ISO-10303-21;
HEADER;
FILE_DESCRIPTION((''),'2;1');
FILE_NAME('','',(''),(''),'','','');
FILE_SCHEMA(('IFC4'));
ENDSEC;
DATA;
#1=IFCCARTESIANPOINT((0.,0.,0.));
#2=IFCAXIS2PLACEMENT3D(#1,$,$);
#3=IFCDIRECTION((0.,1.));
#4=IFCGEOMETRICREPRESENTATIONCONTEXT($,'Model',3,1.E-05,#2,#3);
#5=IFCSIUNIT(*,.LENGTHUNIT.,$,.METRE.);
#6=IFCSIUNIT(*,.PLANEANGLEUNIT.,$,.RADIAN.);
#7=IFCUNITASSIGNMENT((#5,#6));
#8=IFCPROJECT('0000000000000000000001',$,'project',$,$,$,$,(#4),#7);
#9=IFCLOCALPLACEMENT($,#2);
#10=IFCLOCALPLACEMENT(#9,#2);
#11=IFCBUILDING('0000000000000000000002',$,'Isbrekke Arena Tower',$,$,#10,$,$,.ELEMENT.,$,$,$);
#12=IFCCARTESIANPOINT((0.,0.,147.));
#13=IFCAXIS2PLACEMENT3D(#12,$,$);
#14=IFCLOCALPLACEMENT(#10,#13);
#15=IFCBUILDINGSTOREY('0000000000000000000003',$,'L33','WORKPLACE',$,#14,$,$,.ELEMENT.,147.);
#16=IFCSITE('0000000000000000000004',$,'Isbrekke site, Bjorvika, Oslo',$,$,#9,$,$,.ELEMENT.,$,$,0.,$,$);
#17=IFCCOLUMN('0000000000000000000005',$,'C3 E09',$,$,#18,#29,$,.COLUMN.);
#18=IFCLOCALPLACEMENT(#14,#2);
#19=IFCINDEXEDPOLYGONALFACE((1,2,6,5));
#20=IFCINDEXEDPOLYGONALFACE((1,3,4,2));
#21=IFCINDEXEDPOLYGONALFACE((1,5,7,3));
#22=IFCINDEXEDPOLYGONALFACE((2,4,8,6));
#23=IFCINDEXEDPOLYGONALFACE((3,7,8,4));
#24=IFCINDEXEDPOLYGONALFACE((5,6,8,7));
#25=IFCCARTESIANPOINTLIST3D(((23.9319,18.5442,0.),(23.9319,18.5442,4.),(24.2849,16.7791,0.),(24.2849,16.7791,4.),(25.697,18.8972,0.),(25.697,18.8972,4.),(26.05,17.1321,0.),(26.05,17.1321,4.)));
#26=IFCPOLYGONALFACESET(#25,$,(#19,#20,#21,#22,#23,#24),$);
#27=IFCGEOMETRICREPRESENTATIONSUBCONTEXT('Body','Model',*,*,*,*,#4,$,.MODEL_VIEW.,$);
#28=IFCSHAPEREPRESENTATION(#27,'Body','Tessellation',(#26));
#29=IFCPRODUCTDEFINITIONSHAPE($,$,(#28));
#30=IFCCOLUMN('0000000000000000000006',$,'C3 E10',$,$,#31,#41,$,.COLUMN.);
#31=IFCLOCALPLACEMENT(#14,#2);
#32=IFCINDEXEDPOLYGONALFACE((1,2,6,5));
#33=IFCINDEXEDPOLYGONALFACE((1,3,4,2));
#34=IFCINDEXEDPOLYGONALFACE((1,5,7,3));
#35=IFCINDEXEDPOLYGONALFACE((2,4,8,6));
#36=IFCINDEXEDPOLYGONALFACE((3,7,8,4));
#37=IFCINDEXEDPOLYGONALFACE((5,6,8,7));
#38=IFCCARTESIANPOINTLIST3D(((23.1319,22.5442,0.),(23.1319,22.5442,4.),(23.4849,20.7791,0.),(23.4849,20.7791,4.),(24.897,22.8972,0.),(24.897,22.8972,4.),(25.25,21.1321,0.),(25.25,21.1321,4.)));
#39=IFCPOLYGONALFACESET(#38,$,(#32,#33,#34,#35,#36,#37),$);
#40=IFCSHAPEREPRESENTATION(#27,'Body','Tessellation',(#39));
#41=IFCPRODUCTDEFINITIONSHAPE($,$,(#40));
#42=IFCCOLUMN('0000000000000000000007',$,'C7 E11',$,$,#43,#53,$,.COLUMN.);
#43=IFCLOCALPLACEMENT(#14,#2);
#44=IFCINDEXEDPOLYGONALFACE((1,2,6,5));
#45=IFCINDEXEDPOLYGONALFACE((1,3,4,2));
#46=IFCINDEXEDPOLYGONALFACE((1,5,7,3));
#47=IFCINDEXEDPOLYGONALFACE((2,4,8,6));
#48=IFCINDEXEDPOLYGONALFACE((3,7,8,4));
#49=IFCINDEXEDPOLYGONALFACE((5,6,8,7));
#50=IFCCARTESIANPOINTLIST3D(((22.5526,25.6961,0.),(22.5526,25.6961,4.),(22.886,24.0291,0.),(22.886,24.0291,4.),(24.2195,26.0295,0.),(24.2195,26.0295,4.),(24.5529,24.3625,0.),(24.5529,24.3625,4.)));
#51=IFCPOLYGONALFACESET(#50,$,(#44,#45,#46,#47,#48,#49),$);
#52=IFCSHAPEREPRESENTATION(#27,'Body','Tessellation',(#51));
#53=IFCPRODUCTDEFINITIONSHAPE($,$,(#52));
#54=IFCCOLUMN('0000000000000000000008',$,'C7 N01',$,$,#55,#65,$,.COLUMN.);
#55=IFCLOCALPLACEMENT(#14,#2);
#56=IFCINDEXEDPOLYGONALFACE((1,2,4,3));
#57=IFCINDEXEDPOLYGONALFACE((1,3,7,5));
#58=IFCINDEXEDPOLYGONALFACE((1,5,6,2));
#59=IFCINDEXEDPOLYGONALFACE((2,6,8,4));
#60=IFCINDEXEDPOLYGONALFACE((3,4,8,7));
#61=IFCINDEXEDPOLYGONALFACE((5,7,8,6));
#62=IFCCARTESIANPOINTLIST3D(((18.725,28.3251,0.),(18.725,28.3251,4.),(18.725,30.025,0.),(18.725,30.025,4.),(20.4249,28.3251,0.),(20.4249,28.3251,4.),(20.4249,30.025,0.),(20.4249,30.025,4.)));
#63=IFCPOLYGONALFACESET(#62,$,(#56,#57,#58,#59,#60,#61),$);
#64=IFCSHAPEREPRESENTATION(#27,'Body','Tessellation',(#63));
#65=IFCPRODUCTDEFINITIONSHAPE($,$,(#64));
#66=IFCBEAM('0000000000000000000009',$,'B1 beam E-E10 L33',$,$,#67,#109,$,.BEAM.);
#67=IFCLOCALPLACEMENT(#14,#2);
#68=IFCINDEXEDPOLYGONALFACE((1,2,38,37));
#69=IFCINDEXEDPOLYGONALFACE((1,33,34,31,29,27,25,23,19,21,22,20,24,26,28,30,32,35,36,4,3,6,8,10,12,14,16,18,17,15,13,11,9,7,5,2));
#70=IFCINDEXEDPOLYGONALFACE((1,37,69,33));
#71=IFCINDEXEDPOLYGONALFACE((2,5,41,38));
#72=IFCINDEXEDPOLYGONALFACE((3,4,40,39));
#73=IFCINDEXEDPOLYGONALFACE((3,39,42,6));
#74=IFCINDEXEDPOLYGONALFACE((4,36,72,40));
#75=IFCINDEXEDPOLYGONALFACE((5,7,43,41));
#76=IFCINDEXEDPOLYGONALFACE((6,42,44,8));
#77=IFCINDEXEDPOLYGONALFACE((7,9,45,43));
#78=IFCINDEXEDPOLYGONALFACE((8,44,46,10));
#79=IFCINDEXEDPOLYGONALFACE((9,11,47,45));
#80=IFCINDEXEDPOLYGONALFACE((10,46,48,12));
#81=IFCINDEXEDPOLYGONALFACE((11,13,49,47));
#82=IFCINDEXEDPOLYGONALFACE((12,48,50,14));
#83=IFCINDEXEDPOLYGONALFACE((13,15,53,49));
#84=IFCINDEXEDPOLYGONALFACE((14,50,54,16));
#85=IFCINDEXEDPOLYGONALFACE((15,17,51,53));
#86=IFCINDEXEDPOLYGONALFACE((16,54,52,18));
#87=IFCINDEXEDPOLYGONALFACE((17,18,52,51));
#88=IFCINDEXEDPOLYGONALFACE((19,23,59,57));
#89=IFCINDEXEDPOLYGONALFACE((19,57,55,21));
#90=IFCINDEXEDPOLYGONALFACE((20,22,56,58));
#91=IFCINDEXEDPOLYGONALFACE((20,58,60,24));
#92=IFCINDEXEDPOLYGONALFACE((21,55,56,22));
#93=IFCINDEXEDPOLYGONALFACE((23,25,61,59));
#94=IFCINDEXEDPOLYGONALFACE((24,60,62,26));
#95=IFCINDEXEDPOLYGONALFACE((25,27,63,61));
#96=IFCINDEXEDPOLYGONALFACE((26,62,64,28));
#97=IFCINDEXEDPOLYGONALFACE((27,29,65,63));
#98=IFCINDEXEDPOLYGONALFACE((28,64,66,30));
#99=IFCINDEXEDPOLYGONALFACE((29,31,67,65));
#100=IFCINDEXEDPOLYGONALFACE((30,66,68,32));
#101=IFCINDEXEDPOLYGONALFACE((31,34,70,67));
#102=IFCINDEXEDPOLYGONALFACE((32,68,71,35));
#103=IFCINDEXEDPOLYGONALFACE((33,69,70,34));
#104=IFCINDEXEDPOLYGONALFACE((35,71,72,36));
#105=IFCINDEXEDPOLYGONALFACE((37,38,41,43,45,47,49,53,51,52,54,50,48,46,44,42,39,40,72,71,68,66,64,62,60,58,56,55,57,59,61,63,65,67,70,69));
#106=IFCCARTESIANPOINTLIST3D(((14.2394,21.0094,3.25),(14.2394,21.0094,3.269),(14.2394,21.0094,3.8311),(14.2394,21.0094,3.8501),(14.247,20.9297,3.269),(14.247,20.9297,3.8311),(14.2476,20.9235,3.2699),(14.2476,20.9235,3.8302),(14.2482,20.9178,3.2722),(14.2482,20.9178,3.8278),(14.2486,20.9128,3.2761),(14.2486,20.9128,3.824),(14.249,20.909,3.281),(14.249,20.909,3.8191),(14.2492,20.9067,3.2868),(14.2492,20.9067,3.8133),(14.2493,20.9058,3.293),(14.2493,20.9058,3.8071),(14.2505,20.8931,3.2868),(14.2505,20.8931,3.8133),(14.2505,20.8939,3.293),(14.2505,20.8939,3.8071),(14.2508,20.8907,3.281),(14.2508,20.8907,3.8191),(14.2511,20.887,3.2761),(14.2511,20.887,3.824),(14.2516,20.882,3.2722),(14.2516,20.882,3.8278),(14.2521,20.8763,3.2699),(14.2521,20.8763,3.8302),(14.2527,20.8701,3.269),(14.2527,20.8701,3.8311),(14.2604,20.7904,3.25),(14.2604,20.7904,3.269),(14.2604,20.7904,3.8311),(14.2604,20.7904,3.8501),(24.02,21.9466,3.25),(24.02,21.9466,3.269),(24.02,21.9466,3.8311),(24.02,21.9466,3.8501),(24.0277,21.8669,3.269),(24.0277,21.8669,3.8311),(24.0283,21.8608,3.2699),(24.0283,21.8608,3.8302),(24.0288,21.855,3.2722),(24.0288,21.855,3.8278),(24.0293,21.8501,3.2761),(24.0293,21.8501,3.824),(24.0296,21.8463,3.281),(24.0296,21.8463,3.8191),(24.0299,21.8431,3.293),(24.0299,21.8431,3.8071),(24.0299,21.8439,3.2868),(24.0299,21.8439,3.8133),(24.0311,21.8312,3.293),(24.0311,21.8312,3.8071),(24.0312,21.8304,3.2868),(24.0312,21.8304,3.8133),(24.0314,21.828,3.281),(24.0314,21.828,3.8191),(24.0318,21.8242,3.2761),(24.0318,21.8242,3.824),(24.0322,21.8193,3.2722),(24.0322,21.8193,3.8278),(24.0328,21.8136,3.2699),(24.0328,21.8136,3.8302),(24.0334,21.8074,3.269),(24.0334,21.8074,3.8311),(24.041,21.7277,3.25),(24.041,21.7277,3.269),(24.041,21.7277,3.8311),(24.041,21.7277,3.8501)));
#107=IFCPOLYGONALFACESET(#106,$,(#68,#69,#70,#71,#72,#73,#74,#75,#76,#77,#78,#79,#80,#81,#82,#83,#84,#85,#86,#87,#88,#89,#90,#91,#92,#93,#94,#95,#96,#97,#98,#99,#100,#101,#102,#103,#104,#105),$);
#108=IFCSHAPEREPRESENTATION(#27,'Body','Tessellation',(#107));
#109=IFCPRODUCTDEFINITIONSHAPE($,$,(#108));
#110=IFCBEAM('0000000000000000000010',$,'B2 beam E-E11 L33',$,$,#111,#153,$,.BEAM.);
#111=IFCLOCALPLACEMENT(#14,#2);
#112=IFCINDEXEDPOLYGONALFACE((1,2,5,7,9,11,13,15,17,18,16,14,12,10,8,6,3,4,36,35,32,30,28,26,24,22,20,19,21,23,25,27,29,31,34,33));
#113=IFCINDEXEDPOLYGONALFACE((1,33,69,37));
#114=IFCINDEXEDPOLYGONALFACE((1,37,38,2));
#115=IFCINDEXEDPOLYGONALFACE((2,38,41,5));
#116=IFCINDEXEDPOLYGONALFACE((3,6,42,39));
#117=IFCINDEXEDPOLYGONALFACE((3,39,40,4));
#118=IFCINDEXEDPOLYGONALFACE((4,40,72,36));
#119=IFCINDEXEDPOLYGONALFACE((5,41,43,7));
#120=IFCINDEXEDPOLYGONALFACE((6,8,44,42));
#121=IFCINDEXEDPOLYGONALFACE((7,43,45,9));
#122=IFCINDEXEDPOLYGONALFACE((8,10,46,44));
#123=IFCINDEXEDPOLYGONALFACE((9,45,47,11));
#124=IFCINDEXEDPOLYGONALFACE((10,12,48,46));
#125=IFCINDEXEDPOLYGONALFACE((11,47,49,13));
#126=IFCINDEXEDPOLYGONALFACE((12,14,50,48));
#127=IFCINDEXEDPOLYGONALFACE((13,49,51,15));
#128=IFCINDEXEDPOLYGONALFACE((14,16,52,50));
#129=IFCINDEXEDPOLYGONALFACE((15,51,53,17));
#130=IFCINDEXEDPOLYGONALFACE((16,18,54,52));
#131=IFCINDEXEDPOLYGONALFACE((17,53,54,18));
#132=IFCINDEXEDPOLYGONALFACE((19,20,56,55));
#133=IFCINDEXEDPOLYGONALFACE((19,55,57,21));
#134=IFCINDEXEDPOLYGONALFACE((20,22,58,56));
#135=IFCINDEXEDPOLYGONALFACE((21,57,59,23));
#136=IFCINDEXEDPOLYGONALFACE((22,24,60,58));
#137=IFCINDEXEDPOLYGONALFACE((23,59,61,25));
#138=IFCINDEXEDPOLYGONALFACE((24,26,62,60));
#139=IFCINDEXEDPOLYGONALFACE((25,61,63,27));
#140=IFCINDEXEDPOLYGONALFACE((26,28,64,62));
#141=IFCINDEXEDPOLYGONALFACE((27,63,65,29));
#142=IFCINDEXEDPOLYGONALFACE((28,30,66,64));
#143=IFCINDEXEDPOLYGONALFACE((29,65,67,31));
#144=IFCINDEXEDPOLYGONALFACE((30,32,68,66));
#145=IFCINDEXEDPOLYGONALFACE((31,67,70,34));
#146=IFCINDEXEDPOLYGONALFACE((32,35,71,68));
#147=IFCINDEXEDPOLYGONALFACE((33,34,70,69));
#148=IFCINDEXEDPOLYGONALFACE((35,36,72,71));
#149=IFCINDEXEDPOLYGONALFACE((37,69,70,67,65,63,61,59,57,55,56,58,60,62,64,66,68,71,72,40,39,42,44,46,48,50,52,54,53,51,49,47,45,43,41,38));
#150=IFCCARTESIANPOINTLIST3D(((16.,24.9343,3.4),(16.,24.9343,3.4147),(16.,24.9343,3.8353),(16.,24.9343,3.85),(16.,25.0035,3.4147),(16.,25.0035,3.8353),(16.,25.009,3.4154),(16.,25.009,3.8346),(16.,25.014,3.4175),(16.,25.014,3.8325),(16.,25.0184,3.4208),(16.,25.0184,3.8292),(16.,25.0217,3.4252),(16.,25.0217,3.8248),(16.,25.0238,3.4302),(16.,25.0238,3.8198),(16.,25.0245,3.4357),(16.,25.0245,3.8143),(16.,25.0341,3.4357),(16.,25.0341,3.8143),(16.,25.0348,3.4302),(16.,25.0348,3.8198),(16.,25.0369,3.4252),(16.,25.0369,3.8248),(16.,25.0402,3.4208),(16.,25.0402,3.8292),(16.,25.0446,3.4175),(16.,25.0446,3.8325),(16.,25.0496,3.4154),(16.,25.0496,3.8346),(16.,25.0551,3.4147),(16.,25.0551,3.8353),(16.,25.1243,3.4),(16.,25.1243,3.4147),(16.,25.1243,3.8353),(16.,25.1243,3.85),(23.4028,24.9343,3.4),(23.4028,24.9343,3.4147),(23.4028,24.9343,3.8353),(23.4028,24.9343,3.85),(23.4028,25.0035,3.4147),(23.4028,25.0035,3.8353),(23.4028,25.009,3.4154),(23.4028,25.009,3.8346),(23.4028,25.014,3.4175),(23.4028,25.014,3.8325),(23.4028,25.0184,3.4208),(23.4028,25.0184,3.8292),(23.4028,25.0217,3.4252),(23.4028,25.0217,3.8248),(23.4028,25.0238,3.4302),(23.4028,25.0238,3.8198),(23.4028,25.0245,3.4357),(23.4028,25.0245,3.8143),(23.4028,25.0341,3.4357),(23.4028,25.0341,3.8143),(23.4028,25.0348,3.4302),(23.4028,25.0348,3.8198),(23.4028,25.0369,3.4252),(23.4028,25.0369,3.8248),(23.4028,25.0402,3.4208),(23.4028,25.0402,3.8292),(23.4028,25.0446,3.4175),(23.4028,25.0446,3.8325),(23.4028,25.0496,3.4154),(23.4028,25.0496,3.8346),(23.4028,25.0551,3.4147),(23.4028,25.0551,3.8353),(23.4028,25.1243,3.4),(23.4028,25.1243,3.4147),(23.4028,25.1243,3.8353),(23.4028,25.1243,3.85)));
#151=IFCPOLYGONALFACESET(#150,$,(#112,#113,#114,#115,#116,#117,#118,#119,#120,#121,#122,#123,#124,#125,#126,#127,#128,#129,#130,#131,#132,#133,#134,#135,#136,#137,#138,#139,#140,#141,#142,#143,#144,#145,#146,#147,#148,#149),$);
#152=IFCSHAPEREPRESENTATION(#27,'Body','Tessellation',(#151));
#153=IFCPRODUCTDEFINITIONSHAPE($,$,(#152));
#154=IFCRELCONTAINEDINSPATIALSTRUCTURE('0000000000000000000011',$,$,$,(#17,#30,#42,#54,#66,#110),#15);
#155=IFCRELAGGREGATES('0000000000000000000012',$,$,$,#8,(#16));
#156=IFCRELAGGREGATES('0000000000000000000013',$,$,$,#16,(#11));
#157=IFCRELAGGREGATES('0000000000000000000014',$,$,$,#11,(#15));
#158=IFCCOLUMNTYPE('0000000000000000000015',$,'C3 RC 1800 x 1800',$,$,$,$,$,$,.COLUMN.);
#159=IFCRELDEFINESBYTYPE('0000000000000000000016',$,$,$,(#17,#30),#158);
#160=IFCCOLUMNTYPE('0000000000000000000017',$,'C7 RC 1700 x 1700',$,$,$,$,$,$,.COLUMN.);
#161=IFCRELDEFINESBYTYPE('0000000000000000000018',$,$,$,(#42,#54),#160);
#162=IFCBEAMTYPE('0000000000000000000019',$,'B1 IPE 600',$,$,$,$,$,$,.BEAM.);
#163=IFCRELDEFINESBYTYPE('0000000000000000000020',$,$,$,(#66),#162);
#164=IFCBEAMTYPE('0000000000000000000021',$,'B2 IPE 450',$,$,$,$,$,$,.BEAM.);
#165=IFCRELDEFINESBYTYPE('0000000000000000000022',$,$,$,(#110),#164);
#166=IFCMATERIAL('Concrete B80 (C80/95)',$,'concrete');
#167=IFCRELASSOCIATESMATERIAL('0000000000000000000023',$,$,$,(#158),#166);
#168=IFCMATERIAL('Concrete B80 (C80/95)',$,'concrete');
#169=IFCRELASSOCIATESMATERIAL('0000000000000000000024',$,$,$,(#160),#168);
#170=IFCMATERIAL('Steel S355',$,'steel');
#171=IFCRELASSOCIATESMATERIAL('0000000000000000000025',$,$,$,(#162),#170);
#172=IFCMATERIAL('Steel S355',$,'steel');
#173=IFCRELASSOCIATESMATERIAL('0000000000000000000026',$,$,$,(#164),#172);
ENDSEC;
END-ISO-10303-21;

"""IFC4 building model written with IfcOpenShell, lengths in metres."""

from ifc_helpers import new_model, si_unit, direction, frame, origin, origin_2d, place, context, subcontext, project, spatial, rectangle, i_section, extrude, material, material_profile, profile_set, type_object, element, save


model = new_model("IFC4")

# Units and contexts
model_context = context("Model", 3, precision=1e-05, world=origin(), true_north=direction((0.0, 1.0)))
body_context = subcontext(model_context, "Body", "Model", "MODEL_VIEW")
ifc_project = project(units=[si_unit("LENGTHUNIT", "METRE"), si_unit("PLANEANGLEUNIT", "RADIAN")], contexts=[model_context])

# Site, building, storey
site_placement = place(None, origin())
site = spatial("IfcSite", under=ifc_project, at=site_placement, Name="Isbrekke site, Bjorvika, Oslo", CompositionType="ELEMENT", RefElevation=0.0)
building_placement = place(site_placement, origin())
building = spatial("IfcBuilding", under=site, at=building_placement, Name="Isbrekke Arena Tower", CompositionType="ELEMENT")
storey_placement = place(building_placement, frame((0.0, 0.0, 147.0)))
storey = spatial("IfcBuildingStorey", under=building, at=storey_placement, Name="L33", Description="WORKPLACE", CompositionType="ELEMENT", Elevation=147.0)

# Columns
ifc_material_1 = material(Name="Concrete B80 (C80/95)", Category="concrete")
ifc_material_profile_1 = material_profile(ifc_material_1, rectangle(XDim=1.8, YDim=1.8, at=origin_2d()), Name="RC 1800x1800")
ifc_profile_set_1 = profile_set([ifc_material_profile_1], Name="Concrete B80 (C80/95)")
column_type_1 = type_object("IfcColumnType", Name="C3 RC 1800 x 1800", PredefinedType="COLUMN", material=ifc_profile_set_1)
for number, where, z_axis, x_axis, name in (
    (1, (24.991, 17.8381, 0.0), (0.0, 0.0, 1.0), (-0.196116, 0.980581, 0.0), "C3 E09"),
    (2, (24.1909, 21.8381, 0.0), (0.0, 0.0, 1.0), (-0.196116, 0.980581, 0.0), "C3 E10"),
):
    element("IfcColumn", number, at=place(storey_placement, frame(where, z_axis=z_axis, x_axis=x_axis)), inside=storey, type_object=column_type_1, Name=name, PredefinedType="COLUMN", context=body_context, shape_type="SweptSolid", body=[
        extrude(rectangle(XDim=1.8, YDim=1.8, at=origin_2d()), origin(), (0.0, 0.0, 1.0), 4.0),
    ])
ifc_material_2 = material(Name="Concrete B80 (C80/95)", Category="concrete")
ifc_material_profile_2 = material_profile(ifc_material_2, rectangle(XDim=1.7, YDim=1.7, at=origin_2d()), Name="RC 1700x1700")
ifc_profile_set_2 = profile_set([ifc_material_profile_2], Name="Concrete B80 (C80/95)")
column_type_2 = type_object("IfcColumnType", Name="C7 RC 1700 x 1700", PredefinedType="COLUMN", material=ifc_profile_set_2)
for number, where, z_axis, x_axis, name in (
    (3, (23.5527, 25.0293, 0.0), (0.0, 0.0, 1.0), (-0.196116, 0.980581, 0.0), "C7 E11"),
    (4, (19.575, 29.175, 0.0), (0.0, 0.0, 1.0), (-1.0, 0.0, 0.0), "C7 N01"),
):
    element("IfcColumn", number, at=place(storey_placement, frame(where, z_axis=z_axis, x_axis=x_axis)), inside=storey, type_object=column_type_2, Name=name, PredefinedType="COLUMN", context=body_context, shape_type="SweptSolid", body=[
        extrude(rectangle(XDim=1.7, YDim=1.7, at=origin_2d()), origin(), (0.0, 0.0, 1.0), 4.0),
    ])

# Beams
ifc_material_3 = material(Name="Steel S355", Category="steel")
ifc_material_profile_3 = material_profile(ifc_material_3, i_section(OverallWidth=0.22, OverallDepth=0.6001, WebThickness=0.012, FlangeThickness=0.019, FilletRadius=0.0239, at=origin_2d()), Name="IPE 600")
ifc_profile_set_3 = profile_set([ifc_material_profile_3], Name="Steel S355")
beam_type_1 = type_object("IfcBeamType", Name="B1 IPE 600", PredefinedType="BEAM", material=ifc_profile_set_3)
beam_1_placement = place(storey_placement, frame((24.0305, 21.8372, 3.55), z_axis=(-0.99544, -0.095392, 0.0), x_axis=(0.095392, -0.99544, 0.0)))
element("IfcBeam", 5, at=beam_1_placement, inside=storey, type_object=beam_type_1, Name="B1 beam E-E10 L33", PredefinedType="BEAM", context=body_context, shape_type="SweptSolid", body=[
    extrude(i_section(OverallWidth=0.22, OverallDepth=0.6001, WebThickness=0.012, FlangeThickness=0.019, FilletRadius=0.0239, at=origin_2d()), origin(), (0.0, 0.0, 1.0), 9.8254),
])
ifc_material_4 = material(Name="Steel S355", Category="steel")
ifc_material_profile_4 = material_profile(ifc_material_4, i_section(OverallWidth=0.1899, OverallDepth=0.45, WebThickness=0.0095, FlangeThickness=0.0146, FilletRadius=0.021, at=origin_2d()), Name="IPE 450")
ifc_profile_set_4 = profile_set([ifc_material_profile_4], Name="Steel S355")
beam_type_2 = type_object("IfcBeamType", Name="B2 IPE 450", PredefinedType="BEAM", material=ifc_profile_set_4)
beam_2_placement = place(storey_placement, frame((23.4028, 25.0293, 3.625), z_axis=(-1.0, 0.0, 0.0), x_axis=(0.0, -1.0, 0.0)))
element("IfcBeam", 6, at=beam_2_placement, inside=storey, type_object=beam_type_2, Name="B2 beam E-E11 L33", PredefinedType="BEAM", context=body_context, shape_type="SweptSolid", body=[
    extrude(i_section(OverallWidth=0.1899, OverallDepth=0.45, WebThickness=0.0095, FlangeThickness=0.0146, FilletRadius=0.021, at=origin_2d()), origin(), (0.0, 0.0, 1.0), 7.4028),
])

save(model, "model.ifc")
